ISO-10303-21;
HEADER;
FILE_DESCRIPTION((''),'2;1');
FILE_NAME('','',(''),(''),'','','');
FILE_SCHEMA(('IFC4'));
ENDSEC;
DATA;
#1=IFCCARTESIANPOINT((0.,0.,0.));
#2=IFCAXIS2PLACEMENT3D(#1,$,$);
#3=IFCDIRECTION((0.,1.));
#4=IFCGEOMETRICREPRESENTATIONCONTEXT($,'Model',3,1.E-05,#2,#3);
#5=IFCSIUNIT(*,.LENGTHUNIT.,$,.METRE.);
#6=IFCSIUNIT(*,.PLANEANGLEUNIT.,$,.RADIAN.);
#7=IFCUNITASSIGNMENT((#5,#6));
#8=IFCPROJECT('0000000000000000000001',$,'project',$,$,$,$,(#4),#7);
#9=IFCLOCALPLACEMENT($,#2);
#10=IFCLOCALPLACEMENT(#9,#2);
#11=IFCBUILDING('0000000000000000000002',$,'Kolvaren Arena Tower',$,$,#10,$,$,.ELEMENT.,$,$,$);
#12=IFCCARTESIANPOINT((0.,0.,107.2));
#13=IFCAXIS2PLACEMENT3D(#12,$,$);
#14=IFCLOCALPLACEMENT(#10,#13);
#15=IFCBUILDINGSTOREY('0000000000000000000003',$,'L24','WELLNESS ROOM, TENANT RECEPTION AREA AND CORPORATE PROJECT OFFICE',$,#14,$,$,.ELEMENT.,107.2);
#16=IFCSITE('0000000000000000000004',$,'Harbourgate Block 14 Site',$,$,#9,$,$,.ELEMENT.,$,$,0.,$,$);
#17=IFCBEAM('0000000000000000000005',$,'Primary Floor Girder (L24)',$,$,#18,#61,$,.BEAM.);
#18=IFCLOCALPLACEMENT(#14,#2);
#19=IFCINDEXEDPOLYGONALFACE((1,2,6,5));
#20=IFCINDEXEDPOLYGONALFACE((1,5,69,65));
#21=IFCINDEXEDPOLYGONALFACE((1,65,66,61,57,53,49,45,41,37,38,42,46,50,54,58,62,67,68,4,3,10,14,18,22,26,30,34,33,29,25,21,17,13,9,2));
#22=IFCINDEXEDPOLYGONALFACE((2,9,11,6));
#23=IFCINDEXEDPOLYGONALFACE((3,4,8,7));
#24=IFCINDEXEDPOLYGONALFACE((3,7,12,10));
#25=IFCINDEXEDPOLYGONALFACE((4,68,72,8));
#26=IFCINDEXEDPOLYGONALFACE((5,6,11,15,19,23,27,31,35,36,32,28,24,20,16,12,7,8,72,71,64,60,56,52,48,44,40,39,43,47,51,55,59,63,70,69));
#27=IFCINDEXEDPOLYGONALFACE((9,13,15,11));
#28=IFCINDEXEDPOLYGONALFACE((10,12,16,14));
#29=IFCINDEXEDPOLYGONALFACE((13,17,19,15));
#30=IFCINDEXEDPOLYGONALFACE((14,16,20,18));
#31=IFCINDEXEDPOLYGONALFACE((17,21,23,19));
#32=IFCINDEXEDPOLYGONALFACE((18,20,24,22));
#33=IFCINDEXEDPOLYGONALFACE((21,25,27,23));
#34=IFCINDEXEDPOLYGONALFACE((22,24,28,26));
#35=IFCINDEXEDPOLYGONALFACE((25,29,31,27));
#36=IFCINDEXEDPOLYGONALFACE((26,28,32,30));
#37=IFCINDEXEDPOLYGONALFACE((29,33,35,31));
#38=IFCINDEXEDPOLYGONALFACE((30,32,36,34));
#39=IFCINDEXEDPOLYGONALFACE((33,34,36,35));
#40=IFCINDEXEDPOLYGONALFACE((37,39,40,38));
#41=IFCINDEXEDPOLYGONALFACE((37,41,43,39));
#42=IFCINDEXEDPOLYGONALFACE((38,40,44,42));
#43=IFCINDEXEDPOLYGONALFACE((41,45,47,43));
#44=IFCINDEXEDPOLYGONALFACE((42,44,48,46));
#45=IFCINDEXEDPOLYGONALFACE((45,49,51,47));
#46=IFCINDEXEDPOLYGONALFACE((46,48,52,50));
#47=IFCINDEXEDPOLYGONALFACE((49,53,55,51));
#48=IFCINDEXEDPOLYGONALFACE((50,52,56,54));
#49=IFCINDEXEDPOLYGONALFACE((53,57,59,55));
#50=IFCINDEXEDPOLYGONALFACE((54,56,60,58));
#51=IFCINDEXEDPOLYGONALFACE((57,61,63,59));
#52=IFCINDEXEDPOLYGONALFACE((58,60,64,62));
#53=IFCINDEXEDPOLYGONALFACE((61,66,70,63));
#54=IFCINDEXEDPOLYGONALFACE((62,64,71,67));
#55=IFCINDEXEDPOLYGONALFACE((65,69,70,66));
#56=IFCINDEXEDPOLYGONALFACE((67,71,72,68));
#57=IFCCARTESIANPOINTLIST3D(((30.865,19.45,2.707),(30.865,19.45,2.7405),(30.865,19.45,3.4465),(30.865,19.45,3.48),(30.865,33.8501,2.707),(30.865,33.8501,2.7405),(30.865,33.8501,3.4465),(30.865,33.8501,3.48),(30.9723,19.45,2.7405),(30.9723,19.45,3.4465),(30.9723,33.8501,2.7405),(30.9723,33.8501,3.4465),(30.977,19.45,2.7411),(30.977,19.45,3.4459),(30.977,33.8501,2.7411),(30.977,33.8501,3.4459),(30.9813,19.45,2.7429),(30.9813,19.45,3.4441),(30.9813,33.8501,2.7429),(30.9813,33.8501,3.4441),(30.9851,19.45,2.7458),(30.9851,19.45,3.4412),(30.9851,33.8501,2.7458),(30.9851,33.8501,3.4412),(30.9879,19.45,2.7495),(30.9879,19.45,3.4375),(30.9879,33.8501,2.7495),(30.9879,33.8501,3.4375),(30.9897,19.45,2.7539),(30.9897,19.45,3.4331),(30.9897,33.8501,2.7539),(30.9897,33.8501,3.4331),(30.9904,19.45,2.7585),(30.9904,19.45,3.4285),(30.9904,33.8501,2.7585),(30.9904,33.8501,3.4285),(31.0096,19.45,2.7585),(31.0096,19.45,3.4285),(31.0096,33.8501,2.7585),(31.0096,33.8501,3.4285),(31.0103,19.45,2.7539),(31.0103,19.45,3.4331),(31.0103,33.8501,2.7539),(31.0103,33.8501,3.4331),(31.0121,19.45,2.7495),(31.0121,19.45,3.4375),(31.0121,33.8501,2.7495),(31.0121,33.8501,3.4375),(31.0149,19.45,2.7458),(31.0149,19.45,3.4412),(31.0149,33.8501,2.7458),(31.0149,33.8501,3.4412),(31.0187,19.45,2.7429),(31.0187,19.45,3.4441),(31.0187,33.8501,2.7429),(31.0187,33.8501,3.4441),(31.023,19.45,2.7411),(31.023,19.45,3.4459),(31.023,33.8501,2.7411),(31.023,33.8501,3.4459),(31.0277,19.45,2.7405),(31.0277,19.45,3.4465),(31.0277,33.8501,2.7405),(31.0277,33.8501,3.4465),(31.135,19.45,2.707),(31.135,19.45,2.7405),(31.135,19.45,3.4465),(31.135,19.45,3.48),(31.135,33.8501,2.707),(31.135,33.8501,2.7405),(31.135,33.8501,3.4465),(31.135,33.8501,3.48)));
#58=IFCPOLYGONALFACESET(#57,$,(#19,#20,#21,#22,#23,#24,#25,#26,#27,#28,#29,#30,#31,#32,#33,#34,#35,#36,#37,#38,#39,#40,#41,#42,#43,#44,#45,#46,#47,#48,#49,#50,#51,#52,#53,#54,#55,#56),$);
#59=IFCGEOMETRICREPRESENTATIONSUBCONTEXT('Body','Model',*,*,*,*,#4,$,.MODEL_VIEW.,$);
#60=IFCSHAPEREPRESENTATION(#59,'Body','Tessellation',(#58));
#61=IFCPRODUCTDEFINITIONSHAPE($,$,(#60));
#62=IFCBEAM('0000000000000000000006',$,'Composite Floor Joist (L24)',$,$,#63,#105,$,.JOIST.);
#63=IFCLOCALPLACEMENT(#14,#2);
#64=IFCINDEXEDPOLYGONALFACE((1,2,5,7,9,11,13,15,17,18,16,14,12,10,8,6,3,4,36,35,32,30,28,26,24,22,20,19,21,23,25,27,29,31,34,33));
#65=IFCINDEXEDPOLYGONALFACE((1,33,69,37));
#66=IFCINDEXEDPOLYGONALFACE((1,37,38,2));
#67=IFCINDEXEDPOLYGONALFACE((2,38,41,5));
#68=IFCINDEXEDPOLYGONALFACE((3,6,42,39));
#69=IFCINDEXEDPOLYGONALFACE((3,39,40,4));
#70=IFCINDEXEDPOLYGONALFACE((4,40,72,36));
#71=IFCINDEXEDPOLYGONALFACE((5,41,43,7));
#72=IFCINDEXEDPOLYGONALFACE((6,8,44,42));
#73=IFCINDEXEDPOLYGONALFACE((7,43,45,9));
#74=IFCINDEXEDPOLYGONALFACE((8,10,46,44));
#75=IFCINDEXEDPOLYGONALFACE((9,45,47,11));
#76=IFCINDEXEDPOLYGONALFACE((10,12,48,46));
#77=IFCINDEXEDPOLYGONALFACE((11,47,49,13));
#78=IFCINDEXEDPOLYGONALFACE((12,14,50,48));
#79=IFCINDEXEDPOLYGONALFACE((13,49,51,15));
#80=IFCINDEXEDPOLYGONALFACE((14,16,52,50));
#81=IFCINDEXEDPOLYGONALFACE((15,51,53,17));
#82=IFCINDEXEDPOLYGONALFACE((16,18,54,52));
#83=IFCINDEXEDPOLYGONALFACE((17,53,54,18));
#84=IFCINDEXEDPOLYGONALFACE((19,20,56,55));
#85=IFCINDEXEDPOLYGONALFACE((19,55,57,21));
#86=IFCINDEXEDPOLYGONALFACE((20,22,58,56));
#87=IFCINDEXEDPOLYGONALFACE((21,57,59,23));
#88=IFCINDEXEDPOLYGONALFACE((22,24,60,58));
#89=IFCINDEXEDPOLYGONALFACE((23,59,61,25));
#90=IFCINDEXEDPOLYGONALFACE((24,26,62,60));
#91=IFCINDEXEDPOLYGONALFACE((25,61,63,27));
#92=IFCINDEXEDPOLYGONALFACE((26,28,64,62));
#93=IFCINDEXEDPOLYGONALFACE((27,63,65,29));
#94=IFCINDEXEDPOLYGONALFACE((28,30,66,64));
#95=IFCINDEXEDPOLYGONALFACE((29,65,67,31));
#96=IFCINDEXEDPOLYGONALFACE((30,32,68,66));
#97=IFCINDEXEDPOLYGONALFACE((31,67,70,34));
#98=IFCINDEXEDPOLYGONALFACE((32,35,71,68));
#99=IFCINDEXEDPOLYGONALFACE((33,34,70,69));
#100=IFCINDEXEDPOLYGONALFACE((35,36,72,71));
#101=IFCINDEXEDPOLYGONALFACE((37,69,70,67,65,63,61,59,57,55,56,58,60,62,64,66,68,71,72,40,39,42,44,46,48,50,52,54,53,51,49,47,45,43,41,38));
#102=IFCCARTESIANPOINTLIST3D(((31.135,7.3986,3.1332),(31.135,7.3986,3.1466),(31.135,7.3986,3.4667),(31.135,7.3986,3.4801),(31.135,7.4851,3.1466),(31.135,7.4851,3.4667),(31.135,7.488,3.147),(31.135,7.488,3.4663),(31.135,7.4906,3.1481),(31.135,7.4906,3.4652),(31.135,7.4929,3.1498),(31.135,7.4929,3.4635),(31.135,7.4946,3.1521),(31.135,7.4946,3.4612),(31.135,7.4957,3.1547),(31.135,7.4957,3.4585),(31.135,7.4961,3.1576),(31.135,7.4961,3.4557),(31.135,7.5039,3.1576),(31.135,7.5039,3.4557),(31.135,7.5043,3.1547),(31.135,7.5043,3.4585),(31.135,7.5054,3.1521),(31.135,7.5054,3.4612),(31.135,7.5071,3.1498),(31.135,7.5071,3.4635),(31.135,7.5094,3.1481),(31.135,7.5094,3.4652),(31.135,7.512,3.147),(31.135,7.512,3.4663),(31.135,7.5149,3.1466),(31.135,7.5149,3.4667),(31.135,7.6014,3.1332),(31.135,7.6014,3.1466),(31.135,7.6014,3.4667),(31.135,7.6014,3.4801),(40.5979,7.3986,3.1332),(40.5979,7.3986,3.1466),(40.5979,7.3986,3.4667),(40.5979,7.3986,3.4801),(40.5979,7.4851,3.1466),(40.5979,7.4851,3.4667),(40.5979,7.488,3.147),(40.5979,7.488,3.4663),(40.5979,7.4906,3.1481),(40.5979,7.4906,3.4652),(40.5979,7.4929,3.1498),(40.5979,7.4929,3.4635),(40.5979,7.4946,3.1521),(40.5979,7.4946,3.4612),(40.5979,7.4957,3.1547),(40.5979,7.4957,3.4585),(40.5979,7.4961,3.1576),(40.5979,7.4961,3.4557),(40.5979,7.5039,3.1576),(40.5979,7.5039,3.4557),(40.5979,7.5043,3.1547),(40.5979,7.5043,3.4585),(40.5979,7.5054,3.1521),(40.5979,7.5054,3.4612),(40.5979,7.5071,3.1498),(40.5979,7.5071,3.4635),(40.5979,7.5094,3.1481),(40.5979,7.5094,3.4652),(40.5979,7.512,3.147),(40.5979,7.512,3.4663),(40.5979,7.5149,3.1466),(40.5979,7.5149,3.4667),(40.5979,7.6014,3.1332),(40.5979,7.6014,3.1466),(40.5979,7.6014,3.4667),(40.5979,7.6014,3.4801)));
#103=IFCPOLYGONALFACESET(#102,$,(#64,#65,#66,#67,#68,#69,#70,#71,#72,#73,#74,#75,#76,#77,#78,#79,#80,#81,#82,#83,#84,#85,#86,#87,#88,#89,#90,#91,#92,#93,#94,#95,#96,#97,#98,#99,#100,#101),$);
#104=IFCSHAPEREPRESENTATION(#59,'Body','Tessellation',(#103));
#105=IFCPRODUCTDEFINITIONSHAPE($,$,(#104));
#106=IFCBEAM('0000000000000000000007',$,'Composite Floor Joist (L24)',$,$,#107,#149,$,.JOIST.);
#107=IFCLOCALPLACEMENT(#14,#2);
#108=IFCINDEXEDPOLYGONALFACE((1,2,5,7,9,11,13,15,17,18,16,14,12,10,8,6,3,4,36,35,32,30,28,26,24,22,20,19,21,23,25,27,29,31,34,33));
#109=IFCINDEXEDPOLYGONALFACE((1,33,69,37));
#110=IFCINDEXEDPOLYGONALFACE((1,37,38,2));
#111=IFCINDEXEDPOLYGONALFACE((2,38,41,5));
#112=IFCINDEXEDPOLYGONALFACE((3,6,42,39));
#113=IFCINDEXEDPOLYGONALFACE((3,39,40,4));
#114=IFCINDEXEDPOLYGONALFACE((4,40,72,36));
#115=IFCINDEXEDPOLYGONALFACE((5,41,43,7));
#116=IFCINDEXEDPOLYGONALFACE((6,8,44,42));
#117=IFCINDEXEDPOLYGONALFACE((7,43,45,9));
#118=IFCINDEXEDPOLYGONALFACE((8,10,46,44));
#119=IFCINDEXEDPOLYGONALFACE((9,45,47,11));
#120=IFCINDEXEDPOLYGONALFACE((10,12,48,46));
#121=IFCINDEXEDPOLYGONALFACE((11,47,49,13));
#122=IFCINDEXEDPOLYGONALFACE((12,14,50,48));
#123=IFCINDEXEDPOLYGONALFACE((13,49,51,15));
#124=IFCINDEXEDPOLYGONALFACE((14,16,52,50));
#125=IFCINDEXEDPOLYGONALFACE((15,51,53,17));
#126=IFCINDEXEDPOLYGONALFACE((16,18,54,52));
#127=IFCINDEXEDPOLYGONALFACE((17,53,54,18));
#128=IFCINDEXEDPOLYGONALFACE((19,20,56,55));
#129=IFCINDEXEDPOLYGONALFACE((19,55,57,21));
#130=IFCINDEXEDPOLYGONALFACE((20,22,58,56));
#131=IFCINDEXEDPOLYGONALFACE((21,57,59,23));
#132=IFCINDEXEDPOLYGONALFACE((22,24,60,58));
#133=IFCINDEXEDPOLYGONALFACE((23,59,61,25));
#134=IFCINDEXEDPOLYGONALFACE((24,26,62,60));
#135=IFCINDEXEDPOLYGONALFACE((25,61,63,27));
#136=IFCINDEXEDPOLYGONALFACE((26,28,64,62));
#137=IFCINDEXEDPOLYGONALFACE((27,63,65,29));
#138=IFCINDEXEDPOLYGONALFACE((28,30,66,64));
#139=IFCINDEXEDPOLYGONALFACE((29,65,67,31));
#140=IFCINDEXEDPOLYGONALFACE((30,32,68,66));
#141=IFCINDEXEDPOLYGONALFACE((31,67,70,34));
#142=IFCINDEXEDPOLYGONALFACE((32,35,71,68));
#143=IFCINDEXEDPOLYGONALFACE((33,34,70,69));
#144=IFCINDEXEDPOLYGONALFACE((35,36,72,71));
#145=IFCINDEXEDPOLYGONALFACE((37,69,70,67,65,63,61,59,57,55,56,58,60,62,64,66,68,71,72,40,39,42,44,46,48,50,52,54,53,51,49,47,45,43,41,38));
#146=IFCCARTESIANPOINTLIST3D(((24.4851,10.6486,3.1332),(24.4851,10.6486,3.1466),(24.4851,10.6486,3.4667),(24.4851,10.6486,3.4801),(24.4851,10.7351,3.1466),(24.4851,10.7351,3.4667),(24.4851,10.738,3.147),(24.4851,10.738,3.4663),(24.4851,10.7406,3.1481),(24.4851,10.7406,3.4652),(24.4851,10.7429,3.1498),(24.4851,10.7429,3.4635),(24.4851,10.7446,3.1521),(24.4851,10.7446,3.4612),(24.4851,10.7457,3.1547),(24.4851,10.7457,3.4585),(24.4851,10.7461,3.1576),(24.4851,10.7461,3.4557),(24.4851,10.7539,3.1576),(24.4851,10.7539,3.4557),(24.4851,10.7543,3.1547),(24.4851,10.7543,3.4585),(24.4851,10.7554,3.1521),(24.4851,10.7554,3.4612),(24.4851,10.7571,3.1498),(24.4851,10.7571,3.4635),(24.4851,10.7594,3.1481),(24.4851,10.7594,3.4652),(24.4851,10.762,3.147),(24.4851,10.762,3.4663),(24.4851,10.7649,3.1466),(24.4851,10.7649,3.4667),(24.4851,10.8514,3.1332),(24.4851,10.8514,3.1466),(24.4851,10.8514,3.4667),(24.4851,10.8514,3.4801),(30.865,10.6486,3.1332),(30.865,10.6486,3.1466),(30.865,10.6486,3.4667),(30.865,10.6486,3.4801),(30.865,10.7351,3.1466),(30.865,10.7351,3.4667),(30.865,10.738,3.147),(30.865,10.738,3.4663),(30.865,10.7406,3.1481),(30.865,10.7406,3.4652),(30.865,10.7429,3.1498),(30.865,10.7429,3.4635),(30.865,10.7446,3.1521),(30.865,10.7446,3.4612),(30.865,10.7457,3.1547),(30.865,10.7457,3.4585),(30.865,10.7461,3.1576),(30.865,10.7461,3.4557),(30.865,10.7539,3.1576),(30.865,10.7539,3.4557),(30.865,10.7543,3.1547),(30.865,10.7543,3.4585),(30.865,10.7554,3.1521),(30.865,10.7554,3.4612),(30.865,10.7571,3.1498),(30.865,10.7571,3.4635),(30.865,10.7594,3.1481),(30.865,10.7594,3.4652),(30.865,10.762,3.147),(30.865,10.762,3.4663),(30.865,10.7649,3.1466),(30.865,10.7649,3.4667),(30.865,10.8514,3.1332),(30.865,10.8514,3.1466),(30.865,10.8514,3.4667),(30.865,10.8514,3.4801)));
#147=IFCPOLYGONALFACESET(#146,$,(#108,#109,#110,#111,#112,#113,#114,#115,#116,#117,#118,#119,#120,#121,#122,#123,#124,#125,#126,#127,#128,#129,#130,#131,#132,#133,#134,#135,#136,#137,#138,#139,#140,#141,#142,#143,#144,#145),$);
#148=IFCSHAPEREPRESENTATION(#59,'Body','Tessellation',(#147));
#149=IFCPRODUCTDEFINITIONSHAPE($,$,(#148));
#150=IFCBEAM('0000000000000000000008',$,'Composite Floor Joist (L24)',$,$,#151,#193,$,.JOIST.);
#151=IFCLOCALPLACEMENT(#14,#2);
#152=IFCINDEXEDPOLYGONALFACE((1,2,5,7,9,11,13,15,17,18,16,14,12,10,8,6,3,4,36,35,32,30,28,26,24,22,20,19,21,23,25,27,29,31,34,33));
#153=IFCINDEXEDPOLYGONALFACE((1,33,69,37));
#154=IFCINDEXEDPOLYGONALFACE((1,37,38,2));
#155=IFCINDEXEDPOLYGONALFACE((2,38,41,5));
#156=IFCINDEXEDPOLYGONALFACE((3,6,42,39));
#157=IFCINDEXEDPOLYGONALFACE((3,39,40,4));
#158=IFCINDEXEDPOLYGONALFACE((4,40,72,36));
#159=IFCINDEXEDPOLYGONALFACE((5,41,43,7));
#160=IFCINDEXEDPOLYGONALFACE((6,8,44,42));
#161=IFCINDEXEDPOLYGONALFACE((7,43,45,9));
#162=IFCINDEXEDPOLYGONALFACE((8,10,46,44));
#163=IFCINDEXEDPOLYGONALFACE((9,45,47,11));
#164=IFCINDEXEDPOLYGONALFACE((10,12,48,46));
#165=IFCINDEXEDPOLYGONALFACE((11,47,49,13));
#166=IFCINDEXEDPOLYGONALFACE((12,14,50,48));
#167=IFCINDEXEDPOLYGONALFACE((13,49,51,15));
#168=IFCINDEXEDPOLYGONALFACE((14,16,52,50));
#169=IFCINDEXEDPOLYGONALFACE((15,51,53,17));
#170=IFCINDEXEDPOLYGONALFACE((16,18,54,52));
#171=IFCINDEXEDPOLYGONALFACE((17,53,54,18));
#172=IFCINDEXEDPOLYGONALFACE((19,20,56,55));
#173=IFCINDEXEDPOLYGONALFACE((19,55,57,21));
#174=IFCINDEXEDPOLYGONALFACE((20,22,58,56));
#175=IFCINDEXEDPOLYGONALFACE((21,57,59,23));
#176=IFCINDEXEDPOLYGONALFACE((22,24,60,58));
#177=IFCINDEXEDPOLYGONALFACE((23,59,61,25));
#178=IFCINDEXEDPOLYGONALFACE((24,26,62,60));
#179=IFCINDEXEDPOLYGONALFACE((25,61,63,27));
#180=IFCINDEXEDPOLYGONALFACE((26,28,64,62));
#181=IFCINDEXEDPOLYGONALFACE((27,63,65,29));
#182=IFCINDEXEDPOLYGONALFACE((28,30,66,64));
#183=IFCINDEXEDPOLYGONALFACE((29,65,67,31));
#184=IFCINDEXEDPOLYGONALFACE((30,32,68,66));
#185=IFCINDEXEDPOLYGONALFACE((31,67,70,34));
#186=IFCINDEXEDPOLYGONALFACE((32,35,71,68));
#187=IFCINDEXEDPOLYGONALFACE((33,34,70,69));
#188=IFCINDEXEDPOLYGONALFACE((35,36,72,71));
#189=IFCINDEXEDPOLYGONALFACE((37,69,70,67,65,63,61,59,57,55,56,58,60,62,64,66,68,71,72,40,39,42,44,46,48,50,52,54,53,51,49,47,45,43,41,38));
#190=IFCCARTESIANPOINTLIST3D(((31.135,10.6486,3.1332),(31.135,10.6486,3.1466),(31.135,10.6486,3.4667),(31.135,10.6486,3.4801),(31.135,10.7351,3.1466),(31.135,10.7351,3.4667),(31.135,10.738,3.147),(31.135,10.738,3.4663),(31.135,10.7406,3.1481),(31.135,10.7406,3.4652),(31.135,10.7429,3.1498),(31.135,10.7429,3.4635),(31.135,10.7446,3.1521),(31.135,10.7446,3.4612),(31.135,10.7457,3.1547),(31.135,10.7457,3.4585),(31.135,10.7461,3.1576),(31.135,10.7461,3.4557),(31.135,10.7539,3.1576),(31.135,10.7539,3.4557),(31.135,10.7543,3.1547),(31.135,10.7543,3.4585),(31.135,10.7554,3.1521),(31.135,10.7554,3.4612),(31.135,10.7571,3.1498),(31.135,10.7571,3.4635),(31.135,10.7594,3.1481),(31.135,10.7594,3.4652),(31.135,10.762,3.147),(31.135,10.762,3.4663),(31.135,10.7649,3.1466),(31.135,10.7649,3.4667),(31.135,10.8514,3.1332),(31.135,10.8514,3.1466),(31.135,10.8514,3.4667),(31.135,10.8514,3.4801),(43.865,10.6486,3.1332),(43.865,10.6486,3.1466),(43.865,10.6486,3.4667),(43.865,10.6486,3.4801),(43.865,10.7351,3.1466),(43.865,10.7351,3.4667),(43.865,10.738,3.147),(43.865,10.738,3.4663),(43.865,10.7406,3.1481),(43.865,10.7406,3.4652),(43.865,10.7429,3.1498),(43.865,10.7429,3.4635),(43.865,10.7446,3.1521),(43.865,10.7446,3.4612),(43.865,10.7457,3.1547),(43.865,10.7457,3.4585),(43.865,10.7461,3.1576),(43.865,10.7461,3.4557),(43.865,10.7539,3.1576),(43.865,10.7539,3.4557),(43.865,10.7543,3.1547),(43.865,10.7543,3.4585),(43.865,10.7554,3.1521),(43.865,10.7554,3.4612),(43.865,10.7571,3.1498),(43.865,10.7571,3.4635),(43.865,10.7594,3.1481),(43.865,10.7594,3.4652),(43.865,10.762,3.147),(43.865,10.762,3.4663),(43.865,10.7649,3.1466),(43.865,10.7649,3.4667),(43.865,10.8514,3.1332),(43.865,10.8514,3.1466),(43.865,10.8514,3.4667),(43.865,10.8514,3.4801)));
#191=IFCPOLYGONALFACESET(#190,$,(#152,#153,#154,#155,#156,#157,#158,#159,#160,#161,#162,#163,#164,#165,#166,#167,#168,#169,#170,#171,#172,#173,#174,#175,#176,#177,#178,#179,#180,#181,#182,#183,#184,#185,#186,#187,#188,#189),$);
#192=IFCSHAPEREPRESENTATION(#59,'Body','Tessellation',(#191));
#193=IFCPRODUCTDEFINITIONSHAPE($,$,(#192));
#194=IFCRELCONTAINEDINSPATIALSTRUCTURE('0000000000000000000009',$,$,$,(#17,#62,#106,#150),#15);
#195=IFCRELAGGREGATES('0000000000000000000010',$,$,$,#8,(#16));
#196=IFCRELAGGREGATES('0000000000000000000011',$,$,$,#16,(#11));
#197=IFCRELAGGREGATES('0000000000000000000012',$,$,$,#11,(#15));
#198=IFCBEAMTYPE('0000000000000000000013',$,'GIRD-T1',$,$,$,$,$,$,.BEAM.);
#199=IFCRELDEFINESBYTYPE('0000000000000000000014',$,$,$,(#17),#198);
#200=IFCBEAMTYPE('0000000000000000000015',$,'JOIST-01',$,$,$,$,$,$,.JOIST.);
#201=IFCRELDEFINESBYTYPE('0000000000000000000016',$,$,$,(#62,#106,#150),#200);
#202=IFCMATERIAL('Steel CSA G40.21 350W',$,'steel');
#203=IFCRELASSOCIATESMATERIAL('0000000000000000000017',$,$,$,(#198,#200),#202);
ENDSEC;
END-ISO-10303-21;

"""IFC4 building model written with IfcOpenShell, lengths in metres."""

from ifc_helpers import new_model, si_unit, direction, frame, origin, origin_2d, place, context, subcontext, project, spatial, i_section, extrude, material, material_profile, profile_set, type_object, element, save


model = new_model("IFC4")

# Units and contexts
model_context = context("Model", 3, precision=1e-05, world=origin(), true_north=direction((0.0, 1.0)))
body_context = subcontext(model_context, "Body", "Model", "MODEL_VIEW")
ifc_project = project(units=[si_unit("LENGTHUNIT", "METRE"), si_unit("PLANEANGLEUNIT", "RADIAN")], contexts=[model_context])

# Site, building, storey
site_placement = place(None, origin())
site = spatial("IfcSite", under=ifc_project, at=site_placement, Name="Harbourgate Block 14 Site", CompositionType="ELEMENT", RefElevation=0.0)
building_placement = place(site_placement, origin())
building = spatial("IfcBuilding", under=site, at=building_placement, Name="Kolvaren Arena Tower", CompositionType="ELEMENT")
storey_placement = place(building_placement, frame((0.0, 0.0, 107.2)))
storey = spatial("IfcBuildingStorey", under=building, at=storey_placement, Name="L24", Description="WELLNESS ROOM, TENANT RECEPTION AREA AND CORPORATE PROJECT OFFICE", CompositionType="ELEMENT", Elevation=107.2)

# Beams
ifc_material_1 = material(Name="Steel CSA G40.21 350W", Category="steel")
ifc_material_profile_1 = material_profile(ifc_material_1, i_section(OverallWidth=0.27, OverallDepth=0.7729, WebThickness=0.0193, FlangeThickness=0.0334, FilletRadius=0.0181, at=origin_2d()), Name="W760x257")
ifc_profile_set_1 = profile_set([ifc_material_profile_1], Name="Steel CSA G40.21 350W")
beam_type_1 = type_object("IfcBeamType", Name="GIRD-T1", PredefinedType="BEAM", material=ifc_profile_set_1)
beam_1_placement = place(storey_placement, frame((31.0, 19.45, 3.0935), z_axis=(0.0, 1.0, 0.0), x_axis=(-1.0, 0.0, 0.0)))
element("IfcBeam", 1, at=beam_1_placement, inside=storey, type_object=beam_type_1, Name="Primary Floor Girder (L24)", PredefinedType="BEAM", context=body_context, shape_type="SweptSolid", body=[
    extrude(i_section(OverallWidth=0.27, OverallDepth=0.7729, WebThickness=0.0193, FlangeThickness=0.0334, FilletRadius=0.0181, at=origin_2d()), origin(), (0.0, 0.0, 1.0), 14.4001),
])
ifc_material_profile_2 = material_profile(ifc_material_1, i_section(OverallWidth=0.2029, OverallDepth=0.3469, WebThickness=0.0078, FlangeThickness=0.0134, FilletRadius=0.011, at=origin_2d()), Name="W360x64")
ifc_profile_set_2 = profile_set([ifc_material_profile_2], Name="Steel CSA G40.21 350W")
beam_type_2 = type_object("IfcBeamType", Name="JOIST-01", PredefinedType="JOIST", material=ifc_profile_set_2)
beam_2_placement = place(storey_placement, frame((31.135, 7.5, 3.3066), z_axis=(1.0, 0.0, 0.0), x_axis=(0.0, 1.0, 0.0)))
element("IfcBeam", 2, at=beam_2_placement, inside=storey, type_object=beam_type_2, Name="Composite Floor Joist (L24)", PredefinedType="JOIST", context=body_context, shape_type="SweptSolid", body=[
    extrude(i_section(OverallWidth=0.2029, OverallDepth=0.3469, WebThickness=0.0078, FlangeThickness=0.0134, FilletRadius=0.011, at=origin_2d()), origin(), (0.0, 0.0, 1.0), 9.4629),
])
beam_3_placement = place(storey_placement, frame((24.4851, 10.75, 3.3066), z_axis=(1.0, 0.0, 0.0), x_axis=(0.0, 1.0, 0.0)))
element("IfcBeam", 3, at=beam_3_placement, inside=storey, type_object=beam_type_2, Name="Composite Floor Joist (L24)", PredefinedType="JOIST", context=body_context, shape_type="SweptSolid", body=[
    extrude(i_section(OverallWidth=0.2029, OverallDepth=0.3469, WebThickness=0.0078, FlangeThickness=0.0134, FilletRadius=0.011, at=origin_2d()), origin(), (0.0, 0.0, 1.0), 6.3799),
])
beam_4_placement = place(storey_placement, frame((31.135, 10.75, 3.3066), z_axis=(1.0, 0.0, 0.0), x_axis=(0.0, 1.0, 0.0)))
element("IfcBeam", 4, at=beam_4_placement, inside=storey, type_object=beam_type_2, Name="Composite Floor Joist (L24)", PredefinedType="JOIST", context=body_context, shape_type="SweptSolid", body=[
    extrude(i_section(OverallWidth=0.2029, OverallDepth=0.3469, WebThickness=0.0078, FlangeThickness=0.0134, FilletRadius=0.011, at=origin_2d()), origin(), (0.0, 0.0, 1.0), 12.73),
])

save(model, "model.ifc")
